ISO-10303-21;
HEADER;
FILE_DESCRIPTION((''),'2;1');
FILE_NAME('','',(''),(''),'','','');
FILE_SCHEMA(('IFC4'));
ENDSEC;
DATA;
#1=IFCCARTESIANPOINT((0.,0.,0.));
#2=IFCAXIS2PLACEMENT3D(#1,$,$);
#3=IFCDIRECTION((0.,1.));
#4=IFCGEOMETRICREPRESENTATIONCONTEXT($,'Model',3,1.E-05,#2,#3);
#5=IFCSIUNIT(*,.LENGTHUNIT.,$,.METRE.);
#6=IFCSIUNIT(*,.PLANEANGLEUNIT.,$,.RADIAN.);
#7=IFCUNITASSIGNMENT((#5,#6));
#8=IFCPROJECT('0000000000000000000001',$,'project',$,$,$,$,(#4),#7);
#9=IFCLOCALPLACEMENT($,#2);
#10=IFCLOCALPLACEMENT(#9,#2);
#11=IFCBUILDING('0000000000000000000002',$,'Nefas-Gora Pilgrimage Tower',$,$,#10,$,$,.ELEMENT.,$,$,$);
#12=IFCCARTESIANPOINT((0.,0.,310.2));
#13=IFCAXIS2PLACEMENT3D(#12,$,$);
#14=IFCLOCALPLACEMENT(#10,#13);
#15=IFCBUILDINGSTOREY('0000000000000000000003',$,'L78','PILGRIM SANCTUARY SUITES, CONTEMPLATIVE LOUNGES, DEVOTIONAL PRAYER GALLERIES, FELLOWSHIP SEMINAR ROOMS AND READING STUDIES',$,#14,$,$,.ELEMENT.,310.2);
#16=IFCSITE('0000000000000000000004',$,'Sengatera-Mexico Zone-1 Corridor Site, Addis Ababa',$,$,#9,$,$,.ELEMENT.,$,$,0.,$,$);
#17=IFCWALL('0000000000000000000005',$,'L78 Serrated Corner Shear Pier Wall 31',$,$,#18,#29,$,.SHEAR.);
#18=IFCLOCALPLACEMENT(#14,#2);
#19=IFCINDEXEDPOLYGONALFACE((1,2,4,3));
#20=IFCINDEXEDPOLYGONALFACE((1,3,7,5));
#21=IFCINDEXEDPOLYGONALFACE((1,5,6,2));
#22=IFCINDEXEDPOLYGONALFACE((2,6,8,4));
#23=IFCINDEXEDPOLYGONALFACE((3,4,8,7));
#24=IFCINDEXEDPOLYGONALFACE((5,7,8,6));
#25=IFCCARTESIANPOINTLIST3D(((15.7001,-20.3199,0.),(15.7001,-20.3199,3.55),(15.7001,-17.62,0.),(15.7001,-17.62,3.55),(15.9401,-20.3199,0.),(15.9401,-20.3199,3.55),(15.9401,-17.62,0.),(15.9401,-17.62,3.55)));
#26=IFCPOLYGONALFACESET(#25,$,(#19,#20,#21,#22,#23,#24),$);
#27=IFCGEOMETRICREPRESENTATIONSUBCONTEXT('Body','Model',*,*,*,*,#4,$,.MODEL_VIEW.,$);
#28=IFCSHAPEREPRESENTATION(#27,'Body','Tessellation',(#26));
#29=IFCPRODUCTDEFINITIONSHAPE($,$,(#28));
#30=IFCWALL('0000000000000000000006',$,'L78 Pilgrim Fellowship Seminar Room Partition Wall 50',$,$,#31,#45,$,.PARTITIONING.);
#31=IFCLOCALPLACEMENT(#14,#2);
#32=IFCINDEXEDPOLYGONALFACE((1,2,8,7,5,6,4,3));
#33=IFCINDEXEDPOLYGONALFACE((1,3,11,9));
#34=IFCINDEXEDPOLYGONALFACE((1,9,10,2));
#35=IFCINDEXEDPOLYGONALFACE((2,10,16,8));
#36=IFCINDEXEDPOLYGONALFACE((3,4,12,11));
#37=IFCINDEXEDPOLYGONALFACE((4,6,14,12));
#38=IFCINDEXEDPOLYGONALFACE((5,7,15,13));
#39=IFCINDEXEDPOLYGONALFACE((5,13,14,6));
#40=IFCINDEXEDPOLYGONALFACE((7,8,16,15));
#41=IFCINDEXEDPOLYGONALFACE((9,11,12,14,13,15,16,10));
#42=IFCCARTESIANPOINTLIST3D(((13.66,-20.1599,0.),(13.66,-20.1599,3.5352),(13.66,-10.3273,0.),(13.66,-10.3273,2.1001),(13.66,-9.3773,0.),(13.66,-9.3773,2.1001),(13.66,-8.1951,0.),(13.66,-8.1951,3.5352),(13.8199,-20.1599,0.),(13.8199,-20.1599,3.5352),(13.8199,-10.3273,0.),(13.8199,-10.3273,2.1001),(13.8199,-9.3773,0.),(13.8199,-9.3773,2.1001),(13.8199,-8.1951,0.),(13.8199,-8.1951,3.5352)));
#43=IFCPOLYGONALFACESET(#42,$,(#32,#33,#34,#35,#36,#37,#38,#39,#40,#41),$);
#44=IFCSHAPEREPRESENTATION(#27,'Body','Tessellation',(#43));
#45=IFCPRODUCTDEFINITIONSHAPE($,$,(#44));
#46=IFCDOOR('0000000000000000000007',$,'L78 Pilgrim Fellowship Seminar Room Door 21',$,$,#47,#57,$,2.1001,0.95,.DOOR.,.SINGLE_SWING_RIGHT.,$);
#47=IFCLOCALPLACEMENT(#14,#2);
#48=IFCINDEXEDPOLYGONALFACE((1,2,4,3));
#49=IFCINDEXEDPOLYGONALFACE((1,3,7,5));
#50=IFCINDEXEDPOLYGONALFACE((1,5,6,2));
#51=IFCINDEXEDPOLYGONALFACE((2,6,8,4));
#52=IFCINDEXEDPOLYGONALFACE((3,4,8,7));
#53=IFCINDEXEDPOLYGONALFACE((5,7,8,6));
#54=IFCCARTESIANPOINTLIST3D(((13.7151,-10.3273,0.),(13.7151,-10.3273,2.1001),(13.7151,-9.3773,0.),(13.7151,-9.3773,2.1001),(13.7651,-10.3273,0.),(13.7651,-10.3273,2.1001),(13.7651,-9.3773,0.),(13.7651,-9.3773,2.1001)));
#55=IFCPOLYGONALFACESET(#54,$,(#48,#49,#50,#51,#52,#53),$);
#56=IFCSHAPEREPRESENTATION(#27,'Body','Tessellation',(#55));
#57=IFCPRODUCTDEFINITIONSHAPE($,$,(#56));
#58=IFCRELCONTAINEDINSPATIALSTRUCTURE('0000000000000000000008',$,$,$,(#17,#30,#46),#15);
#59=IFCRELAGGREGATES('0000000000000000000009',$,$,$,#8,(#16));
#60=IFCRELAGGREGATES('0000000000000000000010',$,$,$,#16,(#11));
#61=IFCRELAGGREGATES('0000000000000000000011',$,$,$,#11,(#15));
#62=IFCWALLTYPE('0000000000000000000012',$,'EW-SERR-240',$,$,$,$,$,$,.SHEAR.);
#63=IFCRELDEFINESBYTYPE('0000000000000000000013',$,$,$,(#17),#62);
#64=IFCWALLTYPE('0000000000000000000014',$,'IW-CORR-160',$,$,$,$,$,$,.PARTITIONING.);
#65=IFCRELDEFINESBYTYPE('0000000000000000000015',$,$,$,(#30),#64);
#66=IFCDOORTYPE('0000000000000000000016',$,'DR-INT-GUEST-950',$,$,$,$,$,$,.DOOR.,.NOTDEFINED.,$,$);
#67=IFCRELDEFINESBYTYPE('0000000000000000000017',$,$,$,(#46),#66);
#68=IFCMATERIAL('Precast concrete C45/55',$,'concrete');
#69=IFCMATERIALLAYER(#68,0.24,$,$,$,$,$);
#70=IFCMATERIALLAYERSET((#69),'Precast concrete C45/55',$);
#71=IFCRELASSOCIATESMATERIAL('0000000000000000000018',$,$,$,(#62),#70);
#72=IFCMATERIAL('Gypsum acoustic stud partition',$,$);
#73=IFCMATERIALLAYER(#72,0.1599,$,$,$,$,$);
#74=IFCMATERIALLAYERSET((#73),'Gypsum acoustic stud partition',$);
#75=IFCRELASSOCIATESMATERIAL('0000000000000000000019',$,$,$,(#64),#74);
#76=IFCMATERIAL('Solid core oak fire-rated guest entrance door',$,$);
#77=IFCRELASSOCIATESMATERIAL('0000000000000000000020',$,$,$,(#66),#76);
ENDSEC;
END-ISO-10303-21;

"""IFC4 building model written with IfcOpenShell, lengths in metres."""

from ifc_helpers import new_model, si_unit, direction, frame, frame_2d, origin, place, context, subcontext, project, spatial, rectangle, extrude, source, transform, mapped, material, layer, layer_set, type_object, element, fill, save


model = new_model("IFC4")

# Units and contexts
model_context = context("Model", 3, precision=1e-05, world=origin(), true_north=direction((0.0, 1.0)))
body_context = subcontext(model_context, "Body", "Model", "MODEL_VIEW")
ifc_project = project(units=[si_unit("LENGTHUNIT", "METRE"), si_unit("PLANEANGLEUNIT", "RADIAN")], contexts=[model_context])

# Site, building, storey
site_placement = place(None, origin())
site = spatial("IfcSite", under=ifc_project, at=site_placement, Name="Sengatera-Mexico Zone-1 Corridor Site, Addis Ababa", CompositionType="ELEMENT", RefElevation=0.0)
building_placement = place(site_placement, origin())
building = spatial("IfcBuilding", under=site, at=building_placement, Name="Nefas-Gora Pilgrimage Tower", CompositionType="ELEMENT")
storey_placement = place(building_placement, frame((0.0, 0.0, 310.2)))
storey = spatial("IfcBuildingStorey", under=building, at=storey_placement, Name="L78", Description="PILGRIM SANCTUARY SUITES, CONTEMPLATIVE LOUNGES, DEVOTIONAL PRAYER GALLERIES, FELLOWSHIP SEMINAR ROOMS AND READING STUDIES", CompositionType="ELEMENT", Elevation=310.2)

# Shared definitions
ifc_material_1 = material(Name="Precast concrete C45/55", Category="concrete")
ifc_layer_1 = layer(ifc_material_1, 0.24)
ifc_layer_set_1 = layer_set([ifc_layer_1], Name="Precast concrete C45/55")
wall_type_1 = type_object("IfcWallType", Name="EW-SERR-240", PredefinedType="SHEAR", material=ifc_layer_set_1)

# Shared definitions
shared_shape_1 = source(origin(), body_context, "Body", "SweptSolid", [
    extrude(rectangle(XDim=2.7, YDim=0.24, at=frame_2d((1.3501, 0.0))), origin(), (0.0, 0.0, 1.0), 3.55),
])

# Wall
for number, where, z_axis, x_axis, name in (
    (1, (15.8201, -20.3201, 0.0), (0.0, 0.0, 1.0), (0.0, 1.0, 0.0), "L78 Serrated Corner Shear Pier Wall 31"),
):
    element("IfcWall", number, at=place(storey_placement, frame(where, z_axis=z_axis, x_axis=x_axis)), inside=storey, type_object=wall_type_1, Name=name, PredefinedType="SHEAR", context=body_context, shape_type="MappedRepresentation", body=[
        mapped(shared_shape_1, transform((0.0, 0.0, 0.0), x_axis=(1.0, 0.0, 0.0), y_axis=(0.0, 1.0, 0.0), z_axis=(0.0, 0.0, 1.0), scale=1.0)),
    ])

# Wall, opening, door
ifc_material_2 = material(Name="Gypsum acoustic stud partition")
ifc_layer_2 = layer(ifc_material_2, 0.1599)
ifc_layer_set_2 = layer_set([ifc_layer_2], Name="Gypsum acoustic stud partition")
wall_type_2 = type_object("IfcWallType", Name="IW-CORR-160", PredefinedType="PARTITIONING", material=ifc_layer_set_2)
shared_shape_2 = source(origin(), body_context, "Body", "SweptSolid", [
    extrude(rectangle(XDim=11.9648, YDim=0.1599, at=frame_2d((5.9824, 0.0))), origin(), (0.0, 0.0, 1.0), 3.5352),
])
wall_1_placement = place(storey_placement, frame((13.74, -20.1599, 0.0), z_axis=(0.0, 0.0, 1.0), x_axis=(0.0, 1.0, 0.0)))
wall_1 = element("IfcWall", 2, at=wall_1_placement, inside=storey, type_object=wall_type_2, Name="L78 Pilgrim Fellowship Seminar Room Partition Wall 50", PredefinedType="PARTITIONING", context=body_context, shape_type="MappedRepresentation", body=[
    mapped(shared_shape_2, transform((0.0, 0.0, 0.0), x_axis=(1.0, 0.0, 0.0), y_axis=(0.0, 1.0, 0.0), z_axis=(0.0, 0.0, 1.0), scale=1.0)),
])
opening_1_placement = place(wall_1_placement, frame((9.8325, 0.0, 0.0)))
opening_1 = element("IfcOpeningElement", 3, at=opening_1_placement, cuts=wall_1, PredefinedType="OPENING", context=body_context, shape_type="SweptSolid", body=[
    extrude(rectangle(XDim=0.95, YDim=2.1001, at=frame_2d((0.4751, 1.05))), frame((0.0, 0.0898, 0.0), z_axis=(0.0, -1.0, 0.0), x_axis=(1.0, 0.0, 0.0)), (0.0, 0.0, 1.0), 0.1799),
])
ifc_material_3 = material(Name="Solid core oak fire-rated guest entrance door")
door_type = type_object("IfcDoorType", Name="DR-INT-GUEST-950", OperationType="NOTDEFINED", PredefinedType="DOOR", material=ifc_material_3)
shared_shape_3 = source(origin(), body_context, "Body", "SweptSolid", [
    extrude(rectangle(XDim=0.95, YDim=2.1001, at=frame_2d((0.4751, 1.05))), frame((0.0, 0.0249, 0.0), z_axis=(0.0, -1.0, 0.0), x_axis=(1.0, 0.0, 0.0)), (0.0, 0.0, 1.0), 0.05),
])
door_placement = place(opening_1_placement, origin())
door = element("IfcDoor", 4, at=door_placement, inside=storey, type_object=door_type, Name="L78 Pilgrim Fellowship Seminar Room Door 21", OperationType="SINGLE_SWING_RIGHT", OverallHeight=2.1001, OverallWidth=0.95, PredefinedType="DOOR", context=body_context, shape_type="MappedRepresentation", body=[
    mapped(shared_shape_3, transform((0.0, 0.0, 0.0), x_axis=(1.0, 0.0, 0.0), y_axis=(0.0, 1.0, 0.0), z_axis=(0.0, 0.0, 1.0), scale=1.0)),
])
fill(opening_1, door)

save(model, "model.ifc")
